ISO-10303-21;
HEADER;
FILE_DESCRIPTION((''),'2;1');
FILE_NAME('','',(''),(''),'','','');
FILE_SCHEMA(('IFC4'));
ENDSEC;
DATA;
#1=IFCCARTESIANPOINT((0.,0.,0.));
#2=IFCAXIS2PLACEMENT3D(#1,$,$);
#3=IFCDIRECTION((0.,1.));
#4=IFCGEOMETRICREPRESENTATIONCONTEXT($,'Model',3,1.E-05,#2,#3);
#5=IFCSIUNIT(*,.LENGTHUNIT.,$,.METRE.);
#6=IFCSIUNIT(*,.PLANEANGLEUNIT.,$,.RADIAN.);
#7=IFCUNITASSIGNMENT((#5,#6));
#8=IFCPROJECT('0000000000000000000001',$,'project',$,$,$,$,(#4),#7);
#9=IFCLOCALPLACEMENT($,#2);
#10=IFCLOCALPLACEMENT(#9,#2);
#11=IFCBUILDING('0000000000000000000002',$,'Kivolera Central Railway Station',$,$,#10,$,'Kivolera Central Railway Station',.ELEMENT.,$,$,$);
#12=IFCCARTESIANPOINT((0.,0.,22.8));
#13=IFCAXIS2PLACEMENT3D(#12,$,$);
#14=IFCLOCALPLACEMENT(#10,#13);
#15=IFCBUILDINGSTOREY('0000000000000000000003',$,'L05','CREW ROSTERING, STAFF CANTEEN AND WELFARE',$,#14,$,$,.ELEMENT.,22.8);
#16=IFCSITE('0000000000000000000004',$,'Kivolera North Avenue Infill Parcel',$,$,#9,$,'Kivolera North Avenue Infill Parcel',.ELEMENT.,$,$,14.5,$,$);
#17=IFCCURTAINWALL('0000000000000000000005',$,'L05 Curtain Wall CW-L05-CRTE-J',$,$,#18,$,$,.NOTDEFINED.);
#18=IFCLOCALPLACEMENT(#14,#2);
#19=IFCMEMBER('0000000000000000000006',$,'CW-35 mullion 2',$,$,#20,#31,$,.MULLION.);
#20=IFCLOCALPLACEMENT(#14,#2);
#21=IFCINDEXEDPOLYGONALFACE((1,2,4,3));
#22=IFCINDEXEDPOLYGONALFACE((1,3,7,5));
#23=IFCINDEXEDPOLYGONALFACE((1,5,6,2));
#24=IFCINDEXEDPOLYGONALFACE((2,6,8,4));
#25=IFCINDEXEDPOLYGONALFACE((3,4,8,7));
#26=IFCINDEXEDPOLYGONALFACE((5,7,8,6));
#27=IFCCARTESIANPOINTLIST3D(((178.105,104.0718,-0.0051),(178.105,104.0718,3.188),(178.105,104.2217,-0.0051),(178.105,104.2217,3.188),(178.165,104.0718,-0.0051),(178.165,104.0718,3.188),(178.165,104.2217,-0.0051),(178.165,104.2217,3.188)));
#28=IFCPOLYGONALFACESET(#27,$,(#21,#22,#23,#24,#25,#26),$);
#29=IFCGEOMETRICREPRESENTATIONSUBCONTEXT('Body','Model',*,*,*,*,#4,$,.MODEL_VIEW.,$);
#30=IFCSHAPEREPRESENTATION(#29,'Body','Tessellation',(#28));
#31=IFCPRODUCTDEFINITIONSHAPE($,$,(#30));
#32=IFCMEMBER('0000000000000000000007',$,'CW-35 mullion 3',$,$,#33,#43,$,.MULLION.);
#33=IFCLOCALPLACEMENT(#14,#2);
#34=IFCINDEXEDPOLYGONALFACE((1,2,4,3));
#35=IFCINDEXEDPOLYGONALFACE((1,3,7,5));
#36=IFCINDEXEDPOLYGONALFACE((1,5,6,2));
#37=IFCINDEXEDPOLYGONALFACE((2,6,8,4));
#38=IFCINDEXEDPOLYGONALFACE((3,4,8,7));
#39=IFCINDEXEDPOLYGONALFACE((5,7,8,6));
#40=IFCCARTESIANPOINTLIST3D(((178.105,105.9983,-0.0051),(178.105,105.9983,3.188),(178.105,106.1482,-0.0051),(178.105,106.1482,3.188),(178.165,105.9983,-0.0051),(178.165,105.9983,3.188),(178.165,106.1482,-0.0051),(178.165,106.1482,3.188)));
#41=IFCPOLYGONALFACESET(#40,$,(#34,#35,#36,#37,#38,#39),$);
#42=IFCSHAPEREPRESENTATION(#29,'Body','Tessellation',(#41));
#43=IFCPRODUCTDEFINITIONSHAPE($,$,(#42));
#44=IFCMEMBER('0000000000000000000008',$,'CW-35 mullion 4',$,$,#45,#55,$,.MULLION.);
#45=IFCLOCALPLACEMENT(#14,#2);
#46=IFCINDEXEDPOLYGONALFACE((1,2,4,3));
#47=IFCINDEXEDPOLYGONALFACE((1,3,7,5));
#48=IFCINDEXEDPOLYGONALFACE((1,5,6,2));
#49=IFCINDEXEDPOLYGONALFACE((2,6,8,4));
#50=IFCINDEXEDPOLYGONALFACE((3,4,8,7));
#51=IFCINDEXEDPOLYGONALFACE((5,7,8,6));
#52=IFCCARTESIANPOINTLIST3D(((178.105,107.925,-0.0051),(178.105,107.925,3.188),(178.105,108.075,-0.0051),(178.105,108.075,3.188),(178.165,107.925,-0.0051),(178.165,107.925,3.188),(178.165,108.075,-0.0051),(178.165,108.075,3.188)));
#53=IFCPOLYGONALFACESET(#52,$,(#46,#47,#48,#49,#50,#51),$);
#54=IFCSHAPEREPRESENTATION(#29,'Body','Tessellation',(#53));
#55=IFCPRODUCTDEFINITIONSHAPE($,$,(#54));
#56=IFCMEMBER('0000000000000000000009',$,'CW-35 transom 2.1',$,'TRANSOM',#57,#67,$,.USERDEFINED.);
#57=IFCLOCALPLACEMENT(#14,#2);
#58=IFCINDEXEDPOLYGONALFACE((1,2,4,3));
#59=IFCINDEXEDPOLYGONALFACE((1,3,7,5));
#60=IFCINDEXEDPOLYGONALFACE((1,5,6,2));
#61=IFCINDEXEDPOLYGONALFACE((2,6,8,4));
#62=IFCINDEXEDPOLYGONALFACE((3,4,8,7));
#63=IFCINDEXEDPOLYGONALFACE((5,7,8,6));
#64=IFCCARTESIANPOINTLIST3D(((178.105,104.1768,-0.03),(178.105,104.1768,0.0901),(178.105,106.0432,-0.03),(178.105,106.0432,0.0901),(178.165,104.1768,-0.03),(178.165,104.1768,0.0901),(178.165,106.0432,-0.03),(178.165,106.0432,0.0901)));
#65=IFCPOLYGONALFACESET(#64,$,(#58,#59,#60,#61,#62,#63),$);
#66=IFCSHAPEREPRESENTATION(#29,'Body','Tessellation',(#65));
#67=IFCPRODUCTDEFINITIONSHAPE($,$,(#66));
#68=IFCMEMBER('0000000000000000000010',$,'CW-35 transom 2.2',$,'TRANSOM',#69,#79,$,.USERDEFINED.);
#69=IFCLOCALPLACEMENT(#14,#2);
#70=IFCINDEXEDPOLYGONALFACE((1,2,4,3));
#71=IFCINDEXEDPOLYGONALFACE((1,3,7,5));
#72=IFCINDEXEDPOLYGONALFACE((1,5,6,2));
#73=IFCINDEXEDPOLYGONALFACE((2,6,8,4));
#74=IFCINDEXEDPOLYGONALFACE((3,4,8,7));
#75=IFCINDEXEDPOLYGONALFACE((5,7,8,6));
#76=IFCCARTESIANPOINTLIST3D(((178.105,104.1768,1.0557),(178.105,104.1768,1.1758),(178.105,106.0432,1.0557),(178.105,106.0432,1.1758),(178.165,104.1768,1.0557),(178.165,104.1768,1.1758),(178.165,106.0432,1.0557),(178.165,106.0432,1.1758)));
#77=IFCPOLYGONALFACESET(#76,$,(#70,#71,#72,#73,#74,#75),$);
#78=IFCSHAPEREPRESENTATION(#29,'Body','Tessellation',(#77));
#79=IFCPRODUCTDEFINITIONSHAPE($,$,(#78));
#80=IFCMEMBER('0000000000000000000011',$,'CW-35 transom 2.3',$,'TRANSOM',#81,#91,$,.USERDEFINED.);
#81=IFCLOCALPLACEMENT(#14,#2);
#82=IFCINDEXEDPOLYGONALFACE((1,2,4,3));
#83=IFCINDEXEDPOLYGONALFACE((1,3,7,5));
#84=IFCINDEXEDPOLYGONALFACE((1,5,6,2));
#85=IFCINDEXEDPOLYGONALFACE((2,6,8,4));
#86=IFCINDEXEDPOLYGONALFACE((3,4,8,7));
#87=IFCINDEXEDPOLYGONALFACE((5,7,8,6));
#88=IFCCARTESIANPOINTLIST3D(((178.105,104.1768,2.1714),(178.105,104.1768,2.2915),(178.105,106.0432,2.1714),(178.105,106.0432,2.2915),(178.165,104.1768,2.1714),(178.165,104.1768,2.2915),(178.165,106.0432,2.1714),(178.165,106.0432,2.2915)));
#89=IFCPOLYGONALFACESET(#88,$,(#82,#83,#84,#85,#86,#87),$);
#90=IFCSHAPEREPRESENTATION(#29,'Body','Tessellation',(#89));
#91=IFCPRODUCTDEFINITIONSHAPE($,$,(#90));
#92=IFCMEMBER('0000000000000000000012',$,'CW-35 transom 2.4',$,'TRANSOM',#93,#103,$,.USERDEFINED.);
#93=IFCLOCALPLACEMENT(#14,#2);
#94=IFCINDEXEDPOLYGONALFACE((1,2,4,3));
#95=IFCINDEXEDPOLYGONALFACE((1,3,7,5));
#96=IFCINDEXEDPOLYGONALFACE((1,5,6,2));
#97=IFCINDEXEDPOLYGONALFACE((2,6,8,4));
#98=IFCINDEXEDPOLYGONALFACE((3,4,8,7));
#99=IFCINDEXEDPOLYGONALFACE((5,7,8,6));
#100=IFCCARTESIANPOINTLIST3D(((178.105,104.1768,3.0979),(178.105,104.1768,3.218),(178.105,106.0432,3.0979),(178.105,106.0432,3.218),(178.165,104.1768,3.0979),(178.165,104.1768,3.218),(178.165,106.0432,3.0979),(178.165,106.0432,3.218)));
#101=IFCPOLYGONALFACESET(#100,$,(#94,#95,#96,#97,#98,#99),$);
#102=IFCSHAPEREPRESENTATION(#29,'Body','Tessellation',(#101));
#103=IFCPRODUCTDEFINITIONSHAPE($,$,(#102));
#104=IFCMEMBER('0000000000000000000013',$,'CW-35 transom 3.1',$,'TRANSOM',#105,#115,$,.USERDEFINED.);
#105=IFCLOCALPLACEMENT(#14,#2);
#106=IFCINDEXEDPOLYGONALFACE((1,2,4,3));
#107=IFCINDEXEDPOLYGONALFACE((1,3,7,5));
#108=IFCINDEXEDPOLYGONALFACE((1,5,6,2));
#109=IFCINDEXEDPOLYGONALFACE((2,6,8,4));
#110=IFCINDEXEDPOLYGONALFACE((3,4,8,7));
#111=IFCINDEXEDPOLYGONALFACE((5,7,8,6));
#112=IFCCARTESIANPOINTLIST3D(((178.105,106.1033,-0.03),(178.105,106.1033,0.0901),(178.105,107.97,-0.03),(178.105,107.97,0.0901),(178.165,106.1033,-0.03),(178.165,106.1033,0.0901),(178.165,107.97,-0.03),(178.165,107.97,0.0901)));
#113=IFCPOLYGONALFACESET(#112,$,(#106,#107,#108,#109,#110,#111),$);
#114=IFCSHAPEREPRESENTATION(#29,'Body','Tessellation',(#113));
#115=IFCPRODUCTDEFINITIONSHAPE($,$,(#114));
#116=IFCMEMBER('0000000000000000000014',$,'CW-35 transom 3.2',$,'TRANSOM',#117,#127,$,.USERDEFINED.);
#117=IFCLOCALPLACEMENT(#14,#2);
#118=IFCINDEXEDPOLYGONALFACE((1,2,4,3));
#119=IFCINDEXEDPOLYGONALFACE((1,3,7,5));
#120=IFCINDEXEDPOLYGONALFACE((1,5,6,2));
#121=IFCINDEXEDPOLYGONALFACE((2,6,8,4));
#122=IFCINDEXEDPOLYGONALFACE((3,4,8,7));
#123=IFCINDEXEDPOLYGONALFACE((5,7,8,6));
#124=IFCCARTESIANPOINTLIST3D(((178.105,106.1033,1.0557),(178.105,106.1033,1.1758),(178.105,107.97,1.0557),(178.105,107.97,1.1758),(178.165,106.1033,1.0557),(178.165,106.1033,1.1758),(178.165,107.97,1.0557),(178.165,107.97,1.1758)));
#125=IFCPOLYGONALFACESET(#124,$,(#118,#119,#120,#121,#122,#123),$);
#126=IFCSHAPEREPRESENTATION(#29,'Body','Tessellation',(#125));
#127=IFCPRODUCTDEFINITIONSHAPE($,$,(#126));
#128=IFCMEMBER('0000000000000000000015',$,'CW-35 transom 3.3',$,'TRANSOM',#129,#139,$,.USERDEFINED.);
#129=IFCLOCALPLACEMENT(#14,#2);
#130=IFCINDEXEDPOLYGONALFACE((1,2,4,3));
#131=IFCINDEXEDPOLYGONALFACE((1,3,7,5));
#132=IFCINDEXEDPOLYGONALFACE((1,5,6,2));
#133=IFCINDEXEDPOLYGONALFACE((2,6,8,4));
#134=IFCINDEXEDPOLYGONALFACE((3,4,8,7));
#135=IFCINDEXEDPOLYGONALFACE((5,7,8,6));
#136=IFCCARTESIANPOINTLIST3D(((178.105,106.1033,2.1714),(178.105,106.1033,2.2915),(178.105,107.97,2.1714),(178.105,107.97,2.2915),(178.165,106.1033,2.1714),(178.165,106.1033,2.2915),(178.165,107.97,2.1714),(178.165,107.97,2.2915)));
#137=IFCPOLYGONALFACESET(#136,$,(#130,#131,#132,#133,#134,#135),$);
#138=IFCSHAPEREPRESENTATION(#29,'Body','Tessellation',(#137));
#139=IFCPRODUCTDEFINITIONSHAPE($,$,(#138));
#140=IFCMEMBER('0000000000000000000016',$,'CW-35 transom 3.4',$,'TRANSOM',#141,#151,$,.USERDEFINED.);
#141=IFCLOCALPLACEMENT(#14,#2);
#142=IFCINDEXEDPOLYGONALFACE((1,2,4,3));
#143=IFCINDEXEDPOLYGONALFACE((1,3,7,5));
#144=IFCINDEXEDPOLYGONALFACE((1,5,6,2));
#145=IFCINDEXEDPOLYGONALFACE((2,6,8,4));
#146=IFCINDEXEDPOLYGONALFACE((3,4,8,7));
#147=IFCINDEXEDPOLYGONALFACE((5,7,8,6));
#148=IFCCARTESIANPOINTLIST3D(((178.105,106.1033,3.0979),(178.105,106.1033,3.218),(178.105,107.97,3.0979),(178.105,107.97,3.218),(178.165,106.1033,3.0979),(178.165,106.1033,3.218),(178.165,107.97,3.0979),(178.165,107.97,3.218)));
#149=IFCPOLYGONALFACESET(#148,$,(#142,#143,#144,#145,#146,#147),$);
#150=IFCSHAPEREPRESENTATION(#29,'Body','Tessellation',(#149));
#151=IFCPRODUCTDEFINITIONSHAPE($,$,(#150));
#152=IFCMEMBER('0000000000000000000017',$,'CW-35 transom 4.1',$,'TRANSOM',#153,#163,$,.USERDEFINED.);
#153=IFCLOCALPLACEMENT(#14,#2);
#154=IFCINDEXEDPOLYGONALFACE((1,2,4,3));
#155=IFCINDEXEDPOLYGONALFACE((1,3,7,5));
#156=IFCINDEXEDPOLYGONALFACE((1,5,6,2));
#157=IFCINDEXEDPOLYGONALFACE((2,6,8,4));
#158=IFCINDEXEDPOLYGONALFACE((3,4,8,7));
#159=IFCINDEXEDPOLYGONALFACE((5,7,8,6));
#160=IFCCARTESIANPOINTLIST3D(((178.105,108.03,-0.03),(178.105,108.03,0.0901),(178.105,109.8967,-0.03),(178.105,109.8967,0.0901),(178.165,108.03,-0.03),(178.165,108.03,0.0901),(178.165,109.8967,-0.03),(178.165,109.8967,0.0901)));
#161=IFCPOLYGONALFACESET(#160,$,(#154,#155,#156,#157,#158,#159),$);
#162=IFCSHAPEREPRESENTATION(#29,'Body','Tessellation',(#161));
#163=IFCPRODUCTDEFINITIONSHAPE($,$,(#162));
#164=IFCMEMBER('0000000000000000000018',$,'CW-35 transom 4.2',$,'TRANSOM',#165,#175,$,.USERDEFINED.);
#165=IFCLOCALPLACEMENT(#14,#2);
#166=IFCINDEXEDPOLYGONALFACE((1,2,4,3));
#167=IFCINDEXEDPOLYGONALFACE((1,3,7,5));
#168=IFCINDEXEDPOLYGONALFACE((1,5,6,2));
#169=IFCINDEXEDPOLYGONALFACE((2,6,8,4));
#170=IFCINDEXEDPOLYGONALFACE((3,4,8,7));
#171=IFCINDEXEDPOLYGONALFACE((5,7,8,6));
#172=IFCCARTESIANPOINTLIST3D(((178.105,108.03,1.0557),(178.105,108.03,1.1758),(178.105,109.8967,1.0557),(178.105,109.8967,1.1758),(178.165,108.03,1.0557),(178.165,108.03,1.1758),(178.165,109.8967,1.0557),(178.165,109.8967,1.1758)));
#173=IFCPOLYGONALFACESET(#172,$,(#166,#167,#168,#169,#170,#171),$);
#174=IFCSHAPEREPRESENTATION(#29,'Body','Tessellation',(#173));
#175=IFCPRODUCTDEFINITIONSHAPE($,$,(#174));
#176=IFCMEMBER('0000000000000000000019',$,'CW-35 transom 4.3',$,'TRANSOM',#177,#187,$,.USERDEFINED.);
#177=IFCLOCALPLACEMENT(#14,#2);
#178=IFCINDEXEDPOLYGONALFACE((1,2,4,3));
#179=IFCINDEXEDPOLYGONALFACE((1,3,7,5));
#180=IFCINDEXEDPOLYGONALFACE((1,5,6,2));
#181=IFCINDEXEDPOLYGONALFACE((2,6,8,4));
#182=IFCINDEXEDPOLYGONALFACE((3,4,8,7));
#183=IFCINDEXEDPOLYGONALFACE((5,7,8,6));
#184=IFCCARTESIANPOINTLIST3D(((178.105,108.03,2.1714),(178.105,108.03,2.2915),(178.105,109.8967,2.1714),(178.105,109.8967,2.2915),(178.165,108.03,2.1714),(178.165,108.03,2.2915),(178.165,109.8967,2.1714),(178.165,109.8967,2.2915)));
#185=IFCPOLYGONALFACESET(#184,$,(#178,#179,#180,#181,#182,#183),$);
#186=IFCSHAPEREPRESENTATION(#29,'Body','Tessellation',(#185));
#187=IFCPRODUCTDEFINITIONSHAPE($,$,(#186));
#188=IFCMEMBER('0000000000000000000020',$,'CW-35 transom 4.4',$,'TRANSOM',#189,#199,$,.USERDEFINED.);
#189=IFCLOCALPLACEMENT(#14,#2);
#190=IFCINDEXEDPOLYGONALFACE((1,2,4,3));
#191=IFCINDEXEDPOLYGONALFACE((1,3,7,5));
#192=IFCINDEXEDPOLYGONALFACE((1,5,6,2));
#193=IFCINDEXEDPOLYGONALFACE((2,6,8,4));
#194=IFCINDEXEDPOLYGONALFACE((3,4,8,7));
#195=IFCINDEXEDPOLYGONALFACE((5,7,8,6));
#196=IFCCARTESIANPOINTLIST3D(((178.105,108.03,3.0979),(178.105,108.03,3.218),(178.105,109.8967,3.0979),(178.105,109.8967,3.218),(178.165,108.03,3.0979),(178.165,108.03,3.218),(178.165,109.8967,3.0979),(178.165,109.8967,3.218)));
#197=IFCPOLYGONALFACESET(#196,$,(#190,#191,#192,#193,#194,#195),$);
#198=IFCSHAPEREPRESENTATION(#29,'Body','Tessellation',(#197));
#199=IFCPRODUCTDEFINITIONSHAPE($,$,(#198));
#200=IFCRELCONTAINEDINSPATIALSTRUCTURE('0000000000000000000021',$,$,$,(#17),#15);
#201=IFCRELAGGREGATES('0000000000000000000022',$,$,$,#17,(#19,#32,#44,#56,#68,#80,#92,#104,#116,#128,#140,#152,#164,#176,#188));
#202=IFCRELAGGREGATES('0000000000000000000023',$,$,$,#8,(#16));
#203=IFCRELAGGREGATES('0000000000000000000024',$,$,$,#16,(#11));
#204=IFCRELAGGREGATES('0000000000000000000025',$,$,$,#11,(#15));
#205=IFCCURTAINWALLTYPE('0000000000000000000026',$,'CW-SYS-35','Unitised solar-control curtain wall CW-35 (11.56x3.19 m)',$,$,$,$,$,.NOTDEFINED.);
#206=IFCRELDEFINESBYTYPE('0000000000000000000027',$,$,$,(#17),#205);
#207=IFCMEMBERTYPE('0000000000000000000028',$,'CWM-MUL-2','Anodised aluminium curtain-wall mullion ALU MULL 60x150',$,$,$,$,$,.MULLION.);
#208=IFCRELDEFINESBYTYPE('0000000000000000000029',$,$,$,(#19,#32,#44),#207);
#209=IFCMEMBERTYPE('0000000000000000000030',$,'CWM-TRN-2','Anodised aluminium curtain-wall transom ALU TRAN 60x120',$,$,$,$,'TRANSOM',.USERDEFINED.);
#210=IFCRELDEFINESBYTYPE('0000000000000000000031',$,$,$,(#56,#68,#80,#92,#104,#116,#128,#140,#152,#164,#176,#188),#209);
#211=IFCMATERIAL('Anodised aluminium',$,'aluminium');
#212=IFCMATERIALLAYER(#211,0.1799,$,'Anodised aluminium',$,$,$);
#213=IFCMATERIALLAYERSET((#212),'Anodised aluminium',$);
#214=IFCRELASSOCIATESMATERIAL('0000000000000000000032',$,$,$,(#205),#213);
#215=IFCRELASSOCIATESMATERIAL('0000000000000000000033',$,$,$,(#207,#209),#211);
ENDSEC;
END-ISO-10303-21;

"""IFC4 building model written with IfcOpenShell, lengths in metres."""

from ifc_helpers import new_model, si_unit, direction, frame, origin, origin_2d, place, context, subcontext, project, spatial, rectangle, extrude, material, layer, layer_set, material_profile, profile_set, type_object, element, aggregate, save


model = new_model("IFC4")

# Units and contexts
model_context = context("Model", 3, precision=1e-05, world=origin(), true_north=direction((0.0, 1.0)))
body_context = subcontext(model_context, "Body", "Model", "MODEL_VIEW")
ifc_project = project(units=[si_unit("LENGTHUNIT", "METRE"), si_unit("PLANEANGLEUNIT", "RADIAN")], contexts=[model_context])

# Site, building, storey
site_placement = place(None, origin())
site = spatial("IfcSite", under=ifc_project, at=site_placement, Name="Kivolera North Avenue Infill Parcel", LongName="Kivolera North Avenue Infill Parcel", CompositionType="ELEMENT", RefElevation=14.5)
building_placement = place(site_placement, origin())
building = spatial("IfcBuilding", under=site, at=building_placement, Name="Kivolera Central Railway Station", LongName="Kivolera Central Railway Station", CompositionType="ELEMENT")
storey_placement = place(building_placement, frame((0.0, 0.0, 22.8)))
storey = spatial("IfcBuildingStorey", under=building, at=storey_placement, Name="L05", Description="CREW ROSTERING, STAFF CANTEEN AND WELFARE", CompositionType="ELEMENT", Elevation=22.8)

# Curtain wall, members
ifc_material_1 = material(Name="Anodised aluminium", Category="aluminium")
ifc_layer_1 = layer(ifc_material_1, 0.1799, Name="Anodised aluminium")
ifc_layer_set_1 = layer_set([ifc_layer_1], Name="Anodised aluminium")
curtain_wall_type = type_object("IfcCurtainWallType", Name="CW-SYS-35", Description="Unitised solar-control curtain wall CW-35 (11.56x3.19 m)", PredefinedType="NOTDEFINED", material=ifc_layer_set_1)
curtain_wall_placement = place(storey_placement, origin())
curtain_wall = element("IfcCurtainWall", 1, at=curtain_wall_placement, inside=storey, type_object=curtain_wall_type, Name="L05 Curtain Wall CW-L05-CRTE-J", PredefinedType="NOTDEFINED")
ifc_material_profile_1 = material_profile(ifc_material_1, rectangle(XDim=0.0601, YDim=0.1499, at=origin_2d()), Name="ALU MULL 60x150")
ifc_profile_set_1 = profile_set([ifc_material_profile_1], Name="Anodised aluminium")
member_type_1 = type_object("IfcMemberType", Name="CWM-MUL-2", Description="Anodised aluminium curtain-wall mullion ALU MULL 60x150", PredefinedType="MULLION", material=ifc_profile_set_1)
member_1_placement = place(storey_placement, frame((178.135, 104.1467, -0.0051), z_axis=(0.0, 0.0, 1.0), x_axis=(-1.0, 0.0, 0.0)))
member_1 = element("IfcMember", 2, at=member_1_placement, type_object=member_type_1, Name="CW-35 mullion 2", PredefinedType="MULLION", context=body_context, shape_type="SweptSolid", body=[
    extrude(rectangle(XDim=0.0601, YDim=0.1499, at=origin_2d()), origin(), (0.0, 0.0, 1.0), 3.1931),
])
member_2_placement = place(storey_placement, frame((178.135, 106.0732, -0.0051), z_axis=(0.0, 0.0, 1.0), x_axis=(-1.0, 0.0, 0.0)))
member_2 = element("IfcMember", 3, at=member_2_placement, type_object=member_type_1, Name="CW-35 mullion 3", PredefinedType="MULLION", context=body_context, shape_type="SweptSolid", body=[
    extrude(rectangle(XDim=0.0601, YDim=0.1499, at=origin_2d()), origin(), (0.0, 0.0, 1.0), 3.1931),
])
member_3_placement = place(storey_placement, frame((178.135, 108.0, -0.0051), z_axis=(0.0, 0.0, 1.0), x_axis=(-1.0, 0.0, 0.0)))
member_3 = element("IfcMember", 4, at=member_3_placement, type_object=member_type_1, Name="CW-35 mullion 4", PredefinedType="MULLION", context=body_context, shape_type="SweptSolid", body=[
    extrude(rectangle(XDim=0.0601, YDim=0.1499, at=origin_2d()), origin(), (0.0, 0.0, 1.0), 3.1931),
])
ifc_material_profile_2 = material_profile(ifc_material_1, rectangle(XDim=0.0601, YDim=0.1201, at=origin_2d()), Name="ALU TRAN 60x120")
ifc_profile_set_2 = profile_set([ifc_material_profile_2], Name="Anodised aluminium")
member_type_2 = type_object("IfcMemberType", Name="CWM-TRN-2", Description="Anodised aluminium curtain-wall transom ALU TRAN 60x120", ElementType="TRANSOM", PredefinedType="USERDEFINED", material=ifc_profile_set_2)
member_4_placement = place(storey_placement, frame((178.135, 104.1768, 0.03), z_axis=(0.0, 1.0, 0.0), x_axis=(-1.0, 0.0, 0.0)))
member_4 = element("IfcMember", 5, at=member_4_placement, type_object=member_type_2, Name="CW-35 transom 2.1", ObjectType="TRANSOM", PredefinedType="USERDEFINED", context=body_context, shape_type="SweptSolid", body=[
    extrude(rectangle(XDim=0.0601, YDim=0.1201, at=origin_2d()), origin(), (0.0, 0.0, 1.0), 1.8665),
])
member_5_placement = place(storey_placement, frame((178.135, 104.1768, 1.1157), z_axis=(0.0, 1.0, 0.0), x_axis=(-1.0, 0.0, 0.0)))
member_5 = element("IfcMember", 6, at=member_5_placement, type_object=member_type_2, Name="CW-35 transom 2.2", ObjectType="TRANSOM", PredefinedType="USERDEFINED", context=body_context, shape_type="SweptSolid", body=[
    extrude(rectangle(XDim=0.0601, YDim=0.1201, at=origin_2d()), origin(), (0.0, 0.0, 1.0), 1.8665),
])
member_6_placement = place(storey_placement, frame((178.135, 104.1768, 2.2314), z_axis=(0.0, 1.0, 0.0), x_axis=(-1.0, 0.0, 0.0)))
member_6 = element("IfcMember", 7, at=member_6_placement, type_object=member_type_2, Name="CW-35 transom 2.3", ObjectType="TRANSOM", PredefinedType="USERDEFINED", context=body_context, shape_type="SweptSolid", body=[
    extrude(rectangle(XDim=0.0601, YDim=0.1201, at=origin_2d()), origin(), (0.0, 0.0, 1.0), 1.8665),
])
member_7_placement = place(storey_placement, frame((178.135, 104.1768, 3.158), z_axis=(0.0, 1.0, 0.0), x_axis=(-1.0, 0.0, 0.0)))
member_7 = element("IfcMember", 8, at=member_7_placement, type_object=member_type_2, Name="CW-35 transom 2.4", ObjectType="TRANSOM", PredefinedType="USERDEFINED", context=body_context, shape_type="SweptSolid", body=[
    extrude(rectangle(XDim=0.0601, YDim=0.1201, at=origin_2d()), origin(), (0.0, 0.0, 1.0), 1.8665),
])
member_8_placement = place(storey_placement, frame((178.135, 106.1033, 0.03), z_axis=(0.0, 1.0, 0.0), x_axis=(-1.0, 0.0, 0.0)))
member_8 = element("IfcMember", 9, at=member_8_placement, type_object=member_type_2, Name="CW-35 transom 3.1", ObjectType="TRANSOM", PredefinedType="USERDEFINED", context=body_context, shape_type="SweptSolid", body=[
    extrude(rectangle(XDim=0.0601, YDim=0.1201, at=origin_2d()), origin(), (0.0, 0.0, 1.0), 1.8667),
])
member_9_placement = place(storey_placement, frame((178.135, 106.1033, 1.1157), z_axis=(0.0, 1.0, 0.0), x_axis=(-1.0, 0.0, 0.0)))
member_9 = element("IfcMember", 10, at=member_9_placement, type_object=member_type_2, Name="CW-35 transom 3.2", ObjectType="TRANSOM", PredefinedType="USERDEFINED", context=body_context, shape_type="SweptSolid", body=[
    extrude(rectangle(XDim=0.0601, YDim=0.1201, at=origin_2d()), origin(), (0.0, 0.0, 1.0), 1.8667),
])
member_10_placement = place(storey_placement, frame((178.135, 106.1033, 2.2314), z_axis=(0.0, 1.0, 0.0), x_axis=(-1.0, 0.0, 0.0)))
member_10 = element("IfcMember", 11, at=member_10_placement, type_object=member_type_2, Name="CW-35 transom 3.3", ObjectType="TRANSOM", PredefinedType="USERDEFINED", context=body_context, shape_type="SweptSolid", body=[
    extrude(rectangle(XDim=0.0601, YDim=0.1201, at=origin_2d()), origin(), (0.0, 0.0, 1.0), 1.8667),
])
member_11_placement = place(storey_placement, frame((178.135, 106.1033, 3.158), z_axis=(0.0, 1.0, 0.0), x_axis=(-1.0, 0.0, 0.0)))
member_11 = element("IfcMember", 12, at=member_11_placement, type_object=member_type_2, Name="CW-35 transom 3.4", ObjectType="TRANSOM", PredefinedType="USERDEFINED", context=body_context, shape_type="SweptSolid", body=[
    extrude(rectangle(XDim=0.0601, YDim=0.1201, at=origin_2d()), origin(), (0.0, 0.0, 1.0), 1.8667),
])
member_12_placement = place(storey_placement, frame((178.135, 108.03, 0.03), z_axis=(0.0, 1.0, 0.0), x_axis=(-1.0, 0.0, 0.0)))
member_12 = element("IfcMember", 13, at=member_12_placement, type_object=member_type_2, Name="CW-35 transom 4.1", ObjectType="TRANSOM", PredefinedType="USERDEFINED", context=body_context, shape_type="SweptSolid", body=[
    extrude(rectangle(XDim=0.0601, YDim=0.1201, at=origin_2d()), origin(), (0.0, 0.0, 1.0), 1.8667),
])
member_13_placement = place(storey_placement, frame((178.135, 108.03, 1.1157), z_axis=(0.0, 1.0, 0.0), x_axis=(-1.0, 0.0, 0.0)))
member_13 = element("IfcMember", 14, at=member_13_placement, type_object=member_type_2, Name="CW-35 transom 4.2", ObjectType="TRANSOM", PredefinedType="USERDEFINED", context=body_context, shape_type="SweptSolid", body=[
    extrude(rectangle(XDim=0.0601, YDim=0.1201, at=origin_2d()), origin(), (0.0, 0.0, 1.0), 1.8667),
])
member_14_placement = place(storey_placement, frame((178.135, 108.03, 2.2314), z_axis=(0.0, 1.0, 0.0), x_axis=(-1.0, 0.0, 0.0)))
member_14 = element("IfcMember", 15, at=member_14_placement, type_object=member_type_2, Name="CW-35 transom 4.3", ObjectType="TRANSOM", PredefinedType="USERDEFINED", context=body_context, shape_type="SweptSolid", body=[
    extrude(rectangle(XDim=0.0601, YDim=0.1201, at=origin_2d()), origin(), (0.0, 0.0, 1.0), 1.8667),
])
member_15_placement = place(storey_placement, frame((178.135, 108.03, 3.158), z_axis=(0.0, 1.0, 0.0), x_axis=(-1.0, 0.0, 0.0)))
member_15 = element("IfcMember", 16, at=member_15_placement, type_object=member_type_2, Name="CW-35 transom 4.4", ObjectType="TRANSOM", PredefinedType="USERDEFINED", context=body_context, shape_type="SweptSolid", body=[
    extrude(rectangle(XDim=0.0601, YDim=0.1201, at=origin_2d()), origin(), (0.0, 0.0, 1.0), 1.8667),
])
aggregate(curtain_wall, [member_1, member_2, member_3, member_4, member_5, member_6, member_7, member_8, member_9, member_10, member_11, member_12, member_13, member_14, member_15])

save(model, "model.ifc")
